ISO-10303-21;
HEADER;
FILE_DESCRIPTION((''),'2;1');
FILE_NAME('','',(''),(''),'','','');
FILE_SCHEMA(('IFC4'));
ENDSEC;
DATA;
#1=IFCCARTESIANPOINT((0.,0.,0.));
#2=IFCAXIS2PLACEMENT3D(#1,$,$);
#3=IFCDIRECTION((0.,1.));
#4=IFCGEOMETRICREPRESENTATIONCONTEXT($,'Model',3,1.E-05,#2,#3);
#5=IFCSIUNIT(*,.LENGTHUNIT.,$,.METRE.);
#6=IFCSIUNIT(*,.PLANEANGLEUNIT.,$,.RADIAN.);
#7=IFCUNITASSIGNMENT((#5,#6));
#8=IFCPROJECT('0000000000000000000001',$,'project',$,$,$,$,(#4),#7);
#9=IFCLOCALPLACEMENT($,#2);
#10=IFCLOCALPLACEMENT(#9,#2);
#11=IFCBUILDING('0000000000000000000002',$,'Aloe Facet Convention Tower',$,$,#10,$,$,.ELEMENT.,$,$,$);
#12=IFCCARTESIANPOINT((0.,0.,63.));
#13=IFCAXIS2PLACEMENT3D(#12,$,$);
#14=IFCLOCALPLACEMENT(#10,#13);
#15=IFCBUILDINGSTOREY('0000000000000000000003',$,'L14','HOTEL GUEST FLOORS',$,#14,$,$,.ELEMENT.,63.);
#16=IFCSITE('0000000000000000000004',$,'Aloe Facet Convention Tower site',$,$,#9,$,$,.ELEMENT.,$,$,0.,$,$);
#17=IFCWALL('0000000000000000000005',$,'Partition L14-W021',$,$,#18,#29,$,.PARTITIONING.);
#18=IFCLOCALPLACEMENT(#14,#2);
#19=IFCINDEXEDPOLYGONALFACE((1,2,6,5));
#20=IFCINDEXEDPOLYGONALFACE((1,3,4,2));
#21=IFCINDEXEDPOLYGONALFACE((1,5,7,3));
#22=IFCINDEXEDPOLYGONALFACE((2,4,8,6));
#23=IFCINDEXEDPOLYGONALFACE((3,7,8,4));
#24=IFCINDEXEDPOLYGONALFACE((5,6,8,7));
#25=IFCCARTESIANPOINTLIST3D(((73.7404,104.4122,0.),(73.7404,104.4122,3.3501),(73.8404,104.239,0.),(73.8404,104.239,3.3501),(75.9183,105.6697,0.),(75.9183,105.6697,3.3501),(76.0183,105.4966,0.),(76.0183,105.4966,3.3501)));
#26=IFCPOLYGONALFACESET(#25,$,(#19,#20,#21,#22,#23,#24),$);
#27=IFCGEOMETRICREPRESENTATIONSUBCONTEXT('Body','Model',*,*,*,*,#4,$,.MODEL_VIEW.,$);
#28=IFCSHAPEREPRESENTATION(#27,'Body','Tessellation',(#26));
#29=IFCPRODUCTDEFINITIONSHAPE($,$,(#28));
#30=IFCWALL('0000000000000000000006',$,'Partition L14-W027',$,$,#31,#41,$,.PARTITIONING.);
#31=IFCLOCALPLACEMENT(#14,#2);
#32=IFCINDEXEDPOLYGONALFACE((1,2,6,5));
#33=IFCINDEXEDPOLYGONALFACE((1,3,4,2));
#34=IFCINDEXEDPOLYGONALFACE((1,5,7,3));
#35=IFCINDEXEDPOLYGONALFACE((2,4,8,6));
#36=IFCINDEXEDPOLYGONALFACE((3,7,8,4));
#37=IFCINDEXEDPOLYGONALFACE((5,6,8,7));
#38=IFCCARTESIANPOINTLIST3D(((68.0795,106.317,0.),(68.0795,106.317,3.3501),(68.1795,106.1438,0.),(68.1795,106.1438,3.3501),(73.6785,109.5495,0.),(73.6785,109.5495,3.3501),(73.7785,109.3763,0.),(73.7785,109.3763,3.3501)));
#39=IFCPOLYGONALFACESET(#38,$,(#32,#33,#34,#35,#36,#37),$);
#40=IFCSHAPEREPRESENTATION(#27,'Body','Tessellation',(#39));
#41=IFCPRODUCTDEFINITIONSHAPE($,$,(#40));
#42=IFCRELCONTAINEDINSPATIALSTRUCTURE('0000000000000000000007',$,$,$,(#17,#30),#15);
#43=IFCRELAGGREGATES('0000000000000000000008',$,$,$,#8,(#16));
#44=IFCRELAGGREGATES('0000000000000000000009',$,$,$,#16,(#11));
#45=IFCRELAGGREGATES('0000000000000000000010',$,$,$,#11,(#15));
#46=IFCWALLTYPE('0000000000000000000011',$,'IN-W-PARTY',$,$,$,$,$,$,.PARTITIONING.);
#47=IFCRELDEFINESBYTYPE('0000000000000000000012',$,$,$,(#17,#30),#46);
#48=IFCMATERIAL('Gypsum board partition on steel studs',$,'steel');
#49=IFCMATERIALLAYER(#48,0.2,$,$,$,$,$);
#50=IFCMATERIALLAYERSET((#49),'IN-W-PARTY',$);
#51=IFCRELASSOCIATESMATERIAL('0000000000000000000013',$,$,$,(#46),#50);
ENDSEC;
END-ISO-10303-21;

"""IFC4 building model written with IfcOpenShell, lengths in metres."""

from ifc_helpers import new_model, si_unit, direction, frame, frame_2d, origin, place, context, subcontext, project, spatial, rectangle, extrude, material, layer, layer_set, type_object, element, save


model = new_model("IFC4")

# Units and contexts
model_context = context("Model", 3, precision=1e-05, world=origin(), true_north=direction((0.0, 1.0)))
body_context = subcontext(model_context, "Body", "Model", "MODEL_VIEW")
ifc_project = project(units=[si_unit("LENGTHUNIT", "METRE"), si_unit("PLANEANGLEUNIT", "RADIAN")], contexts=[model_context])

# Site, building, storey
site_placement = place(None, origin())
site = spatial("IfcSite", under=ifc_project, at=site_placement, Name="Aloe Facet Convention Tower site", CompositionType="ELEMENT", RefElevation=0.0)
building_placement = place(site_placement, origin())
building = spatial("IfcBuilding", under=site, at=building_placement, Name="Aloe Facet Convention Tower", CompositionType="ELEMENT")
storey_placement = place(building_placement, frame((0.0, 0.0, 63.0)))
storey = spatial("IfcBuildingStorey", under=building, at=storey_placement, Name="L14", Description="HOTEL GUEST FLOORS", CompositionType="ELEMENT", Elevation=63.0)

# Walls
ifc_material_1 = material(Name="Gypsum board partition on steel studs", Category="steel")
ifc_layer_1 = layer(ifc_material_1, 0.2)
ifc_layer_set_1 = layer_set([ifc_layer_1], Name="IN-W-PARTY")
wall_type_1 = type_object("IfcWallType", Name="IN-W-PARTY", PredefinedType="PARTITIONING", material=ifc_layer_set_1)
wall_1_placement = place(storey_placement, frame((73.7905, 104.3257, 0.0), z_axis=(0.0, 0.0, 1.0), x_axis=(0.866006, 0.500033, 0.0)))
element("IfcWall", 1, at=wall_1_placement, inside=storey, type_object=wall_type_1, Name="Partition L14-W021", PredefinedType="PARTITIONING", context=body_context, shape_type="SweptSolid", body=[
    extrude(rectangle(XDim=2.5149, YDim=0.2, at=frame_2d((1.2573, 0.0))), origin(), (0.0, 0.0, 1.0), 3.3501),
])
wall_2_placement = place(storey_placement, frame((68.1296, 106.2305, 0.0), z_axis=(0.0, 0.0, 1.0), x_axis=(0.866032, 0.499989, 0.0)))
element("IfcWall", 2, at=wall_2_placement, inside=storey, type_object=wall_type_1, Name="Partition L14-W027", PredefinedType="PARTITIONING", context=body_context, shape_type="SweptSolid", body=[
    extrude(rectangle(XDim=6.4651, YDim=0.2, at=frame_2d((3.2324, 0.0))), origin(), (0.0, 0.0, 1.0), 3.3501),
])

save(model, "model.ifc")
